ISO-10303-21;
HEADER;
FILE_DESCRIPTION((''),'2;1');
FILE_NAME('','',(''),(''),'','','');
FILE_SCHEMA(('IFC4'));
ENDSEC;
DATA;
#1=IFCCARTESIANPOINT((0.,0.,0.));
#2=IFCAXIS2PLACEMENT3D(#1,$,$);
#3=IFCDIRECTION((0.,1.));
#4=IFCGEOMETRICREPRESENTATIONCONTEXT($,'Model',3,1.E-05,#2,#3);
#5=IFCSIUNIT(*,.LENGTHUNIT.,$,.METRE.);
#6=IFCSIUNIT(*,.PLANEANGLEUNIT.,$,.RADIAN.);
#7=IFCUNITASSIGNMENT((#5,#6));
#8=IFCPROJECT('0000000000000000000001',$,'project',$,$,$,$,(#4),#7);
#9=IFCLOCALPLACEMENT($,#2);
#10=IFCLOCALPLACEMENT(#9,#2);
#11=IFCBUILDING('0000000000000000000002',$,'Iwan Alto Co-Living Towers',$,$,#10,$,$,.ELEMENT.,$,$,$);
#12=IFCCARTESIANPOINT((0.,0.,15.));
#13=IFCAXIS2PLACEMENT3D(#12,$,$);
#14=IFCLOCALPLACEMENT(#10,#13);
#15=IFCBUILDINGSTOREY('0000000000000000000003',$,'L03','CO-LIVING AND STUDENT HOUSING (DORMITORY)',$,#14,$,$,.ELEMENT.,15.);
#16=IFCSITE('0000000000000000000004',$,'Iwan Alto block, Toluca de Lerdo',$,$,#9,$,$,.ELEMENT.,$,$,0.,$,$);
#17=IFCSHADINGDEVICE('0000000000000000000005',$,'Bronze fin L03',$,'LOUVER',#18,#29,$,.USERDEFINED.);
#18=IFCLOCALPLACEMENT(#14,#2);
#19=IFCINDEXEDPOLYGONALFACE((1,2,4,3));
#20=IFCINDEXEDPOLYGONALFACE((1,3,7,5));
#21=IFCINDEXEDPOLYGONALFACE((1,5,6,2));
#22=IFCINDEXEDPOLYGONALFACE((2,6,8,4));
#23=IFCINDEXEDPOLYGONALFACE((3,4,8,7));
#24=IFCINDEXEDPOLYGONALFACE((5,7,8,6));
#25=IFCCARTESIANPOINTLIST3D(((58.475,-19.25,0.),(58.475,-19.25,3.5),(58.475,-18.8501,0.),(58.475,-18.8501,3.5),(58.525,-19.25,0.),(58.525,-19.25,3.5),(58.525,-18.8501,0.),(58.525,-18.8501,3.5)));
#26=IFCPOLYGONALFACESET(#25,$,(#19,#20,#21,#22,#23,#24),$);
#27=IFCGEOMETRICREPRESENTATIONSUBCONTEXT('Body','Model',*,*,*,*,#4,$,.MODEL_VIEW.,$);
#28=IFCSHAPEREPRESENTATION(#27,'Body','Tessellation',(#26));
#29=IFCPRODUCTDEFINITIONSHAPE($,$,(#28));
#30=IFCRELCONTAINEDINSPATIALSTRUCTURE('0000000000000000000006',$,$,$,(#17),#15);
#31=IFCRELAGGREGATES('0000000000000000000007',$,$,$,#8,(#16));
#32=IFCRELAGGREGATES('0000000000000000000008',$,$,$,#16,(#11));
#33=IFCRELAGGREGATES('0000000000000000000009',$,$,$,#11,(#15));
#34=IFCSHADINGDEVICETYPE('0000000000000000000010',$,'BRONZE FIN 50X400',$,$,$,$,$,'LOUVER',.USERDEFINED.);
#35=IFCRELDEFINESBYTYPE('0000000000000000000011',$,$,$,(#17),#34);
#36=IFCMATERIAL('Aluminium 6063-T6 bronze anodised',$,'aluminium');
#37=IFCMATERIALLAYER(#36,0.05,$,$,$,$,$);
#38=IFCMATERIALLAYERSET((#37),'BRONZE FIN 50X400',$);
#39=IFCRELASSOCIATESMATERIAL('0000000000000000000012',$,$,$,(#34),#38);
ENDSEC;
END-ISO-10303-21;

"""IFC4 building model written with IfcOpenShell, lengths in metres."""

from ifc_helpers import new_model, si_unit, direction, frame, origin, origin_2d, place, context, subcontext, project, spatial, rectangle, extrude, material, layer, layer_set, type_object, element, save


model = new_model("IFC4")

# Units and contexts
model_context = context("Model", 3, precision=1e-05, world=origin(), true_north=direction((0.0, 1.0)))
body_context = subcontext(model_context, "Body", "Model", "MODEL_VIEW")
ifc_project = project(units=[si_unit("LENGTHUNIT", "METRE"), si_unit("PLANEANGLEUNIT", "RADIAN")], contexts=[model_context])

# Site, building, storey
site_placement = place(None, origin())
site = spatial("IfcSite", under=ifc_project, at=site_placement, Name="Iwan Alto block, Toluca de Lerdo", CompositionType="ELEMENT", RefElevation=0.0)
building_placement = place(site_placement, origin())
building = spatial("IfcBuilding", under=site, at=building_placement, Name="Iwan Alto Co-Living Towers", CompositionType="ELEMENT")
storey_placement = place(building_placement, frame((0.0, 0.0, 15.0)))
storey = spatial("IfcBuildingStorey", under=building, at=storey_placement, Name="L03", Description="CO-LIVING AND STUDENT HOUSING (DORMITORY)", CompositionType="ELEMENT", Elevation=15.0)

# Shading device
ifc_material_1 = material(Name="Aluminium 6063-T6 bronze anodised", Category="aluminium")
ifc_layer_1 = layer(ifc_material_1, 0.05)
ifc_layer_set_1 = layer_set([ifc_layer_1], Name="BRONZE FIN 50X400")
shading_device_type = type_object("IfcShadingDeviceType", Name="BRONZE FIN 50X400", ElementType="LOUVER", PredefinedType="USERDEFINED", material=ifc_layer_set_1)
shading_device_placement = place(storey_placement, frame((58.5, -19.05, 0.0), z_axis=(0.0, 0.0, 1.0), x_axis=(1.0, 0.0, 0.0)))
element("IfcShadingDevice", 1, at=shading_device_placement, inside=storey, type_object=shading_device_type, Name="Bronze fin L03", ObjectType="LOUVER", PredefinedType="USERDEFINED", context=body_context, shape_type="SweptSolid", body=[
    extrude(rectangle(XDim=0.05, YDim=0.3999, at=origin_2d()), origin(), (0.0, 0.0, 1.0), 3.5),
])

save(model, "model.ifc")
